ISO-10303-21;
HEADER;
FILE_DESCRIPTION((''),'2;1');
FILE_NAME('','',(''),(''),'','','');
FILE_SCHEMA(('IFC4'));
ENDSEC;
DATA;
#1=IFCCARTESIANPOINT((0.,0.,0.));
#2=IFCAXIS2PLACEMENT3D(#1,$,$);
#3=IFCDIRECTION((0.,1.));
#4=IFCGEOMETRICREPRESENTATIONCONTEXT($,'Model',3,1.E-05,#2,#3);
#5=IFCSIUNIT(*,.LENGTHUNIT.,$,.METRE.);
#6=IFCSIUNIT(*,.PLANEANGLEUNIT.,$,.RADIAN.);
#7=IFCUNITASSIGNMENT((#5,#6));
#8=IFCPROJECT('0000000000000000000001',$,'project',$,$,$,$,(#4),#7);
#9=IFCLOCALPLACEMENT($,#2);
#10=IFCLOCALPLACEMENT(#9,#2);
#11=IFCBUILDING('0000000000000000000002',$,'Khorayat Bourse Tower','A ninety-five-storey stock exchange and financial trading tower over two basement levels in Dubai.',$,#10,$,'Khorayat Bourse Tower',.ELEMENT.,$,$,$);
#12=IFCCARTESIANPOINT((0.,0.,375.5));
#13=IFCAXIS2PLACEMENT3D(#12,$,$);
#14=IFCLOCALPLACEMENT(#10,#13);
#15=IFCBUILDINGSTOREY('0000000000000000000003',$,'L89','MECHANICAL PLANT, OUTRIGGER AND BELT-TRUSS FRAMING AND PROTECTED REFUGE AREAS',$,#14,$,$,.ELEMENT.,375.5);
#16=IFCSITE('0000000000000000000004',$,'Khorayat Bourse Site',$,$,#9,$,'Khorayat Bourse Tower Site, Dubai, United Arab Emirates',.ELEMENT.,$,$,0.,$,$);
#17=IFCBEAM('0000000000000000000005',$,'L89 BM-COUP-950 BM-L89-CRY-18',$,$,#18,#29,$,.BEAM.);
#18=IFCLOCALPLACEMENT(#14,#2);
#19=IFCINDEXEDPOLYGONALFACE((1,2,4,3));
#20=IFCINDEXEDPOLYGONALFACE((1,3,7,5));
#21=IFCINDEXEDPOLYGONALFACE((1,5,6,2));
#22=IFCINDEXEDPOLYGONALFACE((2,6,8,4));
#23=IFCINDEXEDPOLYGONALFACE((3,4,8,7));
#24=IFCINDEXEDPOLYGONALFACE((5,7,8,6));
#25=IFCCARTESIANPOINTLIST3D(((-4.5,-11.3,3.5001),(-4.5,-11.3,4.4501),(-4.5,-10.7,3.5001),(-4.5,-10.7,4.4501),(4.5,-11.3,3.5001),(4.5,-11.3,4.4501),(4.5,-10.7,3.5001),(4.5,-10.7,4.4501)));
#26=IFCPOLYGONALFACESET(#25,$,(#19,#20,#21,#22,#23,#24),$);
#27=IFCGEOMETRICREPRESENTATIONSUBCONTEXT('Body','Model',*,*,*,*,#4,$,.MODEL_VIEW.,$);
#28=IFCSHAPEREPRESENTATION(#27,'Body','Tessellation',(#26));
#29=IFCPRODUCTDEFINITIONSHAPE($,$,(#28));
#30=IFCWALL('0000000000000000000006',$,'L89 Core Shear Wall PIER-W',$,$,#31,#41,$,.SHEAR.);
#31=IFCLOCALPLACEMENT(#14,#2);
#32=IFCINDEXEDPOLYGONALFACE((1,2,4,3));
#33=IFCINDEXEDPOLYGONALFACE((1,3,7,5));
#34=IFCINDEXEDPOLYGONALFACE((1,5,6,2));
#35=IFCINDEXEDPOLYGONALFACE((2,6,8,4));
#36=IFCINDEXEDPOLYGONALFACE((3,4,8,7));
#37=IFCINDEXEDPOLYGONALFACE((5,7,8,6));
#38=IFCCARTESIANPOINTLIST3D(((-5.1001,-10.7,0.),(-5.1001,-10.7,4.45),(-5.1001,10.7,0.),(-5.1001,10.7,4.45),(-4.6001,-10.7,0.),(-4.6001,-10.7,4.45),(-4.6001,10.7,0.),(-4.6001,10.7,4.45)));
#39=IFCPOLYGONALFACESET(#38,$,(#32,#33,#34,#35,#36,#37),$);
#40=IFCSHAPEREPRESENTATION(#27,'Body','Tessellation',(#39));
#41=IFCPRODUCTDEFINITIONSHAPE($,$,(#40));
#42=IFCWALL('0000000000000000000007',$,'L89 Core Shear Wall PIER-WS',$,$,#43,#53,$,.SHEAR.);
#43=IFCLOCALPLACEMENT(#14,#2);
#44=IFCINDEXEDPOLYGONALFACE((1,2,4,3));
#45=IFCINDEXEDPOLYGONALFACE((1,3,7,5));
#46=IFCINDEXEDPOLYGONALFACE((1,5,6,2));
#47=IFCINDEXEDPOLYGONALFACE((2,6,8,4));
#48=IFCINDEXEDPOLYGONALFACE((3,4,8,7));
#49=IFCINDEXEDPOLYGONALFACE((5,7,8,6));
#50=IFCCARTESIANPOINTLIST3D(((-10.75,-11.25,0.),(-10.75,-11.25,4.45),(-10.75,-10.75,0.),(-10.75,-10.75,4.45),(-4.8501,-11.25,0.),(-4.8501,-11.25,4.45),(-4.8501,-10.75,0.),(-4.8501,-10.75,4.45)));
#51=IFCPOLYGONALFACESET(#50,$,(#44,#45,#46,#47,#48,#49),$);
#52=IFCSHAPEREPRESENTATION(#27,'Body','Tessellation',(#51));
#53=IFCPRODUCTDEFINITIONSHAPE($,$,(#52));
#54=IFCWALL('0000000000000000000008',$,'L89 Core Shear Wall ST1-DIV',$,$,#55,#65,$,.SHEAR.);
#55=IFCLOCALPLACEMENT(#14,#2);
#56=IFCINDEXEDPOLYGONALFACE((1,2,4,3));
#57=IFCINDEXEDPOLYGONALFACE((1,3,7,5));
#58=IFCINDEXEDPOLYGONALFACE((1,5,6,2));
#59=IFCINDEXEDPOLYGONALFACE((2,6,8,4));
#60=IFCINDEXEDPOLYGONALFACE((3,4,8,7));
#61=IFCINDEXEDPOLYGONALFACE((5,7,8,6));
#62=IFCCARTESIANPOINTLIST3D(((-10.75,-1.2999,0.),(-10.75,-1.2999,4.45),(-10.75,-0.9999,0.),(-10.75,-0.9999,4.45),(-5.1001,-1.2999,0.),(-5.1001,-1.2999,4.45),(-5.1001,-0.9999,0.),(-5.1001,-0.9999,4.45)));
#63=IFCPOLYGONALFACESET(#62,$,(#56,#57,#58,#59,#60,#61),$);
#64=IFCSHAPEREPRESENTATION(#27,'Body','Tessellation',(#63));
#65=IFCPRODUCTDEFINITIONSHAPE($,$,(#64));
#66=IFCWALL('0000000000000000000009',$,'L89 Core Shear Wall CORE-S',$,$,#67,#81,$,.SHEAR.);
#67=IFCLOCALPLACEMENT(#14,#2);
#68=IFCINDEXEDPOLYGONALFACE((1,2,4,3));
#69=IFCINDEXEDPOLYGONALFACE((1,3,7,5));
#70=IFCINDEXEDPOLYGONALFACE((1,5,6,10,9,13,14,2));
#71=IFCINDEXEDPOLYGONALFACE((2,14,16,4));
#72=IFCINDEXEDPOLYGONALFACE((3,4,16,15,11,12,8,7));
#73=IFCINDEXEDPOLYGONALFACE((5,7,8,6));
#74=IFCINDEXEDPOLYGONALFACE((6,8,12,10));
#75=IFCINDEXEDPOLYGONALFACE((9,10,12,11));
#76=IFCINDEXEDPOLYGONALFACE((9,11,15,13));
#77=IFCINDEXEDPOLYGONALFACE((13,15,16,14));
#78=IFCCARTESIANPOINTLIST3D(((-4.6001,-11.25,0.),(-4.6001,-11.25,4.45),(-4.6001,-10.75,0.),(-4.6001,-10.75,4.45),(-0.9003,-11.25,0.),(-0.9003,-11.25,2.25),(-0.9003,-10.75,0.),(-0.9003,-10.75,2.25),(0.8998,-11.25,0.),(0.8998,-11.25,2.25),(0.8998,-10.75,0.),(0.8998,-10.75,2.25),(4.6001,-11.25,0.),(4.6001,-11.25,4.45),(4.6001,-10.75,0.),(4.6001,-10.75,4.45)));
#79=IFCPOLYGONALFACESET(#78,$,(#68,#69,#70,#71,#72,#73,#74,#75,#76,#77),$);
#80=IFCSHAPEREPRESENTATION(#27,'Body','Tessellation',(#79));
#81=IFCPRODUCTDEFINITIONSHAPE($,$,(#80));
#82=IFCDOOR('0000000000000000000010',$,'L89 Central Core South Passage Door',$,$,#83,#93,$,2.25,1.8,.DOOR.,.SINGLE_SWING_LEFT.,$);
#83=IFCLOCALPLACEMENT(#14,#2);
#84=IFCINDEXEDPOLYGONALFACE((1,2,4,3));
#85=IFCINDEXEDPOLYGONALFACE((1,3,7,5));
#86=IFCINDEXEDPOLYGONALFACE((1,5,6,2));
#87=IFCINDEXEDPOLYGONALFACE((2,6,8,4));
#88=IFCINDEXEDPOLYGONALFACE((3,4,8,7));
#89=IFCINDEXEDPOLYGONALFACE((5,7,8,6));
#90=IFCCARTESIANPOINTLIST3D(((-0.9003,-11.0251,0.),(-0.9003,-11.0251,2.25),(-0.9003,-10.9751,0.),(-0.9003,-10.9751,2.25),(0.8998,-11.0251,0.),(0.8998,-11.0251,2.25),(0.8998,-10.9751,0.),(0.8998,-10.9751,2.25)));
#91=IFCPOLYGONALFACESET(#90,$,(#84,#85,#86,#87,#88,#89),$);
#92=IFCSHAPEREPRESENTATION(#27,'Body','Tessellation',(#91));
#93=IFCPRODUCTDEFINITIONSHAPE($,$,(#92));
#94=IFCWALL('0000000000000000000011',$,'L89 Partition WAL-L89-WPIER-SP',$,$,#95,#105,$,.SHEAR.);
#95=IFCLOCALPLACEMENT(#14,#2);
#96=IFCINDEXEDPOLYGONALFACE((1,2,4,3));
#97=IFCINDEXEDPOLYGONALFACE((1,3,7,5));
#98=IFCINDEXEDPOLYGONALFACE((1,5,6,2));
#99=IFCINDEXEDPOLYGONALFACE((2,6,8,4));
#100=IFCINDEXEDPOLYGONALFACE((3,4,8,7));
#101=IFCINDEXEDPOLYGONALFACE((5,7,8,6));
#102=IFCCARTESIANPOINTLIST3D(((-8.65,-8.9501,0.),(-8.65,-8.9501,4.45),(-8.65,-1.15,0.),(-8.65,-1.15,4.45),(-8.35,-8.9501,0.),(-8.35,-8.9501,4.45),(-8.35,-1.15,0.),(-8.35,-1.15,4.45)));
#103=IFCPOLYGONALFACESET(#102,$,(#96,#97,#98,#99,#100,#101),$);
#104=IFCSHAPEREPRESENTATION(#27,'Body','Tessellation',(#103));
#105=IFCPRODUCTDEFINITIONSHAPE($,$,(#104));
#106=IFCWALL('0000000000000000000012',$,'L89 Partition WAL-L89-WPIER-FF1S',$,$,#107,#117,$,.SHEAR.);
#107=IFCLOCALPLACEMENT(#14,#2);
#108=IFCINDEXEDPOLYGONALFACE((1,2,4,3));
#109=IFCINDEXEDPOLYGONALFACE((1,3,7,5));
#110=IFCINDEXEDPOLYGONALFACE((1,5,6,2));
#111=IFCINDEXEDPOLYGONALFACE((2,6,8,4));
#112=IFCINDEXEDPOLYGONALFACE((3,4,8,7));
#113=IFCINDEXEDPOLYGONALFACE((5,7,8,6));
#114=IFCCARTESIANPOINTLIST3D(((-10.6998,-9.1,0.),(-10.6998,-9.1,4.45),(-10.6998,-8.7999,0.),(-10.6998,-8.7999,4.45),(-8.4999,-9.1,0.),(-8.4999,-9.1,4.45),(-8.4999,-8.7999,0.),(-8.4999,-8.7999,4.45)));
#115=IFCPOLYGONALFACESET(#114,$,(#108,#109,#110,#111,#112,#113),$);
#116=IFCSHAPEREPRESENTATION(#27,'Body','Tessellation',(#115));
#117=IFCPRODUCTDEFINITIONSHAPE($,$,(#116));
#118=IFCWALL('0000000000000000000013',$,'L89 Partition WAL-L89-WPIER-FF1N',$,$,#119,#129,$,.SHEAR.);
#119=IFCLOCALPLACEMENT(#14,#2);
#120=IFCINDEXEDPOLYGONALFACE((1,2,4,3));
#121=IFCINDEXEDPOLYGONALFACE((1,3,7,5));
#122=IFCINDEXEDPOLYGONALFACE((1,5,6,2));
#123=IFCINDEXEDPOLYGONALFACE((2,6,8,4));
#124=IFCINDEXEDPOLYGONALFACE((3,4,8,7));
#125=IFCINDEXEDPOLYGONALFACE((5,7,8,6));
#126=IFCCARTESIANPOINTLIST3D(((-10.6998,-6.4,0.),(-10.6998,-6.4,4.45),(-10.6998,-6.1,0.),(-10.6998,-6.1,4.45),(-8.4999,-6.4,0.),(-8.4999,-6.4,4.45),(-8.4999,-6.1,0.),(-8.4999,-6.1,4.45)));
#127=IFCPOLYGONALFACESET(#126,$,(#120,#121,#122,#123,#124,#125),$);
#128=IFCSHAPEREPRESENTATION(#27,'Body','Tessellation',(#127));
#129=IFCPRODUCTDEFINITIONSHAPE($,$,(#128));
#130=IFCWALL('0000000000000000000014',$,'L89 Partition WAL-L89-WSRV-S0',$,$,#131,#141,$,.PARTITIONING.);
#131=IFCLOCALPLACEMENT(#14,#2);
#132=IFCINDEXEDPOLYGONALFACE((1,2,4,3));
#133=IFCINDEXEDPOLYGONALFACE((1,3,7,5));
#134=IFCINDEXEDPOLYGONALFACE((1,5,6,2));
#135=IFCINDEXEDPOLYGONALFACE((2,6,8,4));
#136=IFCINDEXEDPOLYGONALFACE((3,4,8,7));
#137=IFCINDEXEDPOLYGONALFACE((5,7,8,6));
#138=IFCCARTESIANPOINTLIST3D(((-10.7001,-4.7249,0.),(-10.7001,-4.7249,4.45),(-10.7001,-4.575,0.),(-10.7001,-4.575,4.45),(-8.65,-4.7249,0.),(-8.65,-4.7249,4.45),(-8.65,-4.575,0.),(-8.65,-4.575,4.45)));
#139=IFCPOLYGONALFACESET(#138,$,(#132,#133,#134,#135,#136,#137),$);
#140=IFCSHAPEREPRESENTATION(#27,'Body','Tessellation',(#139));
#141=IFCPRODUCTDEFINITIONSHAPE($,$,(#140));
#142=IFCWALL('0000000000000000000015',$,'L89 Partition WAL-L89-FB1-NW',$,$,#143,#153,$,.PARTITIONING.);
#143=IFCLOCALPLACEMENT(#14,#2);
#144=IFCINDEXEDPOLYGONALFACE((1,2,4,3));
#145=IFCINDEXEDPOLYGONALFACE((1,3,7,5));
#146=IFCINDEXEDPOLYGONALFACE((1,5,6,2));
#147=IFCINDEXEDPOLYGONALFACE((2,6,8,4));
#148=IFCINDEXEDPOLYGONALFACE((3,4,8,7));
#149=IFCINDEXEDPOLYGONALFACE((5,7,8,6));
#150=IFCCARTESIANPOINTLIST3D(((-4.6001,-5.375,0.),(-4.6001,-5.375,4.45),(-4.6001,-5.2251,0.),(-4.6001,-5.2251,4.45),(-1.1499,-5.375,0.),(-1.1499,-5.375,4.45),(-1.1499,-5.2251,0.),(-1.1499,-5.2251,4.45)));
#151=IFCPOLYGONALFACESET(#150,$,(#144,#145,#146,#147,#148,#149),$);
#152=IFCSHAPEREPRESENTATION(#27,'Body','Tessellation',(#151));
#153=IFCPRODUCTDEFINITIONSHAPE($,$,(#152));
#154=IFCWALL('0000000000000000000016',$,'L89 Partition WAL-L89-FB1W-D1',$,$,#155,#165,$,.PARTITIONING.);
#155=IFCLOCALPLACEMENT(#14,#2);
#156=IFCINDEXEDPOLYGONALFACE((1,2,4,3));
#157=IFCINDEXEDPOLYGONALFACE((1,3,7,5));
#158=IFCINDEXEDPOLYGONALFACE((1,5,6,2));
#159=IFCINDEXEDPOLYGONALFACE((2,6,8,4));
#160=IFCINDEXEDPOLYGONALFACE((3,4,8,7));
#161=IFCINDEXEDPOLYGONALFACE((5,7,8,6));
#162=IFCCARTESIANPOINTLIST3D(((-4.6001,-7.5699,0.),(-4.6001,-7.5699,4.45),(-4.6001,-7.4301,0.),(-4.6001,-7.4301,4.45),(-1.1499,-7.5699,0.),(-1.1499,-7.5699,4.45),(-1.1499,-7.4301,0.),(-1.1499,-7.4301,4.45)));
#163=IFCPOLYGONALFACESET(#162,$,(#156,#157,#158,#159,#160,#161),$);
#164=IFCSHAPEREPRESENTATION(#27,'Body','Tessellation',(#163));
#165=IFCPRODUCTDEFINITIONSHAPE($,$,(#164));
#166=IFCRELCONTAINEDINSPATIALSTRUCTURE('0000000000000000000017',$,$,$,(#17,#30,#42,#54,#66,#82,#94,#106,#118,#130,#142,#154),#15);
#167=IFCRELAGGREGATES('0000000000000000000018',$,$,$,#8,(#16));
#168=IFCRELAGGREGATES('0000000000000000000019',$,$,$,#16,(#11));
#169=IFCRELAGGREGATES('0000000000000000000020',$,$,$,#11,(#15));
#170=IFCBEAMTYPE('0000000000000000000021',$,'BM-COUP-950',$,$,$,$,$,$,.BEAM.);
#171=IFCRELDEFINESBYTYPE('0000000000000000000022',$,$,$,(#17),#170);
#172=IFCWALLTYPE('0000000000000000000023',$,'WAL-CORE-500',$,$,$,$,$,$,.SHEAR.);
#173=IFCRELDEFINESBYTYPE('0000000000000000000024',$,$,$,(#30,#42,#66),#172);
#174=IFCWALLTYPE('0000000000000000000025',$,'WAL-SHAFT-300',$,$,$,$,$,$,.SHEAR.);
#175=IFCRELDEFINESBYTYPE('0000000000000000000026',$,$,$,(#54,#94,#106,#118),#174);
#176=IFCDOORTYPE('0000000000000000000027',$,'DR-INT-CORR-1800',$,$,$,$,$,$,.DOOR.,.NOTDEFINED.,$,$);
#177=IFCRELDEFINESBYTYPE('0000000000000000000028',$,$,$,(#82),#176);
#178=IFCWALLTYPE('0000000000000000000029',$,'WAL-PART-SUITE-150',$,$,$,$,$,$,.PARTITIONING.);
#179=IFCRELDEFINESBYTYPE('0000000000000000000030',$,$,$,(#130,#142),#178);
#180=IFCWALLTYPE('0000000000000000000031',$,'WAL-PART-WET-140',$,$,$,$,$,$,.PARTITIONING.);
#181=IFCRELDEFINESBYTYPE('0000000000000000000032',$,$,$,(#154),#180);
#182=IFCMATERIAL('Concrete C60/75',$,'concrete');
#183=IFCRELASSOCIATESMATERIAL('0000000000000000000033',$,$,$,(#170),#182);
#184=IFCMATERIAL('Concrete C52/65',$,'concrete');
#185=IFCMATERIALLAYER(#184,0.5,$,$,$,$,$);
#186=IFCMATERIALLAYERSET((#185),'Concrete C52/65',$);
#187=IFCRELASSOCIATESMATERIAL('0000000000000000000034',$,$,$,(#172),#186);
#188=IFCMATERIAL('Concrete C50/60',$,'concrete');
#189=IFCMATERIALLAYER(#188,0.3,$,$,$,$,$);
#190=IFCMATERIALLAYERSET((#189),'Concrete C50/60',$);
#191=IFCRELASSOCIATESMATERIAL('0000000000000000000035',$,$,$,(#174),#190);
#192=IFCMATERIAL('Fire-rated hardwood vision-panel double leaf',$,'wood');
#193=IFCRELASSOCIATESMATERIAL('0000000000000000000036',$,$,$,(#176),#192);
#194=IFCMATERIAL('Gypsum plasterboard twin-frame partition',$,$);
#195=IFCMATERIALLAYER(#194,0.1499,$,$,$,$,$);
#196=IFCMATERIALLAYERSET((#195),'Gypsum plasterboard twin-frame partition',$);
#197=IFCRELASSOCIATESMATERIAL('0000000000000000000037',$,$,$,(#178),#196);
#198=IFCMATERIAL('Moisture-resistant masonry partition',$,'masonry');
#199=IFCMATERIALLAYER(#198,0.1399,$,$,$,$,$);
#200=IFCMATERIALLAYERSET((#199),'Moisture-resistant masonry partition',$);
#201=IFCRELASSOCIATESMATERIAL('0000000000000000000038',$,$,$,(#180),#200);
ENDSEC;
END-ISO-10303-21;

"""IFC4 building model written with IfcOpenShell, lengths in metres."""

from ifc_helpers import new_model, si_unit, direction, frame, frame_2d, origin, origin_2d, place, context, subcontext, project, spatial, rectangle, extrude, source, transform, mapped, material, layer, layer_set, material_profile, profile_set, type_object, element, fill, save


model = new_model("IFC4")

# Units and contexts
model_context = context("Model", 3, precision=1e-05, world=origin(), true_north=direction((0.0, 1.0)))
body_context = subcontext(model_context, "Body", "Model", "MODEL_VIEW")
ifc_project = project(units=[si_unit("LENGTHUNIT", "METRE"), si_unit("PLANEANGLEUNIT", "RADIAN")], contexts=[model_context])

# Site, building, storey
site_placement = place(None, origin())
site = spatial("IfcSite", under=ifc_project, at=site_placement, Name="Khorayat Bourse Site", LongName="Khorayat Bourse Tower Site, Dubai, United Arab Emirates", CompositionType="ELEMENT", RefElevation=0.0)
building_placement = place(site_placement, origin())
building = spatial("IfcBuilding", under=site, at=building_placement, Name="Khorayat Bourse Tower", Description="A ninety-five-storey stock exchange and financial trading tower over two basement levels in Dubai.", LongName="Khorayat Bourse Tower", CompositionType="ELEMENT")
storey_placement = place(building_placement, frame((0.0, 0.0, 375.5)))
storey = spatial("IfcBuildingStorey", under=building, at=storey_placement, Name="L89", Description="MECHANICAL PLANT, OUTRIGGER AND BELT-TRUSS FRAMING AND PROTECTED REFUGE AREAS", CompositionType="ELEMENT", Elevation=375.5)

# Shared definitions
ifc_material_1 = material(Name="Concrete C52/65", Category="concrete")

# Beam
ifc_material_2 = material(Name="Concrete C60/75", Category="concrete")
ifc_material_profile_1 = material_profile(ifc_material_2, rectangle(XDim=0.6001, YDim=0.95, at=origin_2d()), Name="RC 600x950")
ifc_profile_set_1 = profile_set([ifc_material_profile_1], Name="Concrete C60/75")
beam_type_1 = type_object("IfcBeamType", Name="BM-COUP-950", PredefinedType="BEAM", material=ifc_profile_set_1)
shared_shape_1 = source(origin(), body_context, "Body", "SweptSolid", [
    extrude(rectangle(XDim=0.6001, YDim=0.95, at=origin_2d()), origin(), (0.0, 0.0, 1.0), 9.0),
])
beam_1_placement = place(storey_placement, frame((-4.5, -11.0, 3.9751), z_axis=(1.0, 0.0, 0.0), x_axis=(0.0, 1.0, 0.0)))
element("IfcBeam", 1, at=beam_1_placement, inside=storey, type_object=beam_type_1, Name="L89 BM-COUP-950 BM-L89-CRY-18", PredefinedType="BEAM", context=body_context, shape_type="MappedRepresentation", body=[
    mapped(shared_shape_1, transform((0.0, 0.0, 0.0), scale=1.0)),
])

# Walls
ifc_layer_1 = layer(ifc_material_1, 0.5)
ifc_layer_set_1 = layer_set([ifc_layer_1], Name="Concrete C52/65")
wall_type_1 = type_object("IfcWallType", Name="WAL-CORE-500", PredefinedType="SHEAR", material=ifc_layer_set_1)
shared_shape_2 = source(origin(), body_context, "Body", "SweptSolid", [
    extrude(rectangle(XDim=21.3999, YDim=0.5, at=frame_2d((10.7, 0.0))), origin(), (0.0, 0.0, 1.0), 4.45),
])
wall_1_placement = place(storey_placement, frame((-4.8501, -10.7, 0.0), z_axis=(0.0, 0.0, 1.0), x_axis=(0.0, 1.0, 0.0)))
element("IfcWall", 2, at=wall_1_placement, inside=storey, type_object=wall_type_1, Name="L89 Core Shear Wall PIER-W", PredefinedType="SHEAR", context=body_context, shape_type="MappedRepresentation", body=[
    mapped(shared_shape_2, transform((0.0, 0.0, 0.0), scale=1.0)),
])
shared_shape_3 = source(origin(), body_context, "Body", "SweptSolid", [
    extrude(rectangle(XDim=5.8999, YDim=0.5, at=frame_2d((2.95, 0.0))), origin(), (0.0, 0.0, 1.0), 4.45),
])
wall_2_placement = place(storey_placement, frame((-10.75, -11.0, 0.0), z_axis=(0.0, 0.0, 1.0), x_axis=(1.0, 0.0, 0.0)))
element("IfcWall", 3, at=wall_2_placement, inside=storey, type_object=wall_type_1, Name="L89 Core Shear Wall PIER-WS", PredefinedType="SHEAR", context=body_context, shape_type="MappedRepresentation", body=[
    mapped(shared_shape_3, transform((0.0, 0.0, 0.0), scale=1.0)),
])
ifc_material_3 = material(Name="Concrete C50/60", Category="concrete")
ifc_layer_2 = layer(ifc_material_3, 0.3)
ifc_layer_set_2 = layer_set([ifc_layer_2], Name="Concrete C50/60")
wall_type_2 = type_object("IfcWallType", Name="WAL-SHAFT-300", PredefinedType="SHEAR", material=ifc_layer_set_2)
shared_shape_4 = source(origin(), body_context, "Body", "SweptSolid", [
    extrude(rectangle(XDim=5.6499, YDim=0.3, at=frame_2d((2.825, 0.0))), origin(), (0.0, 0.0, 1.0), 4.45),
])
wall_3_placement = place(storey_placement, frame((-10.75, -1.1499, 0.0), z_axis=(0.0, 0.0, 1.0), x_axis=(1.0, 0.0, 0.0)))
element("IfcWall", 4, at=wall_3_placement, inside=storey, type_object=wall_type_2, Name="L89 Core Shear Wall ST1-DIV", PredefinedType="SHEAR", context=body_context, shape_type="MappedRepresentation", body=[
    mapped(shared_shape_4, transform((0.0, 0.0, 0.0), scale=1.0)),
])

# Wall, opening, door
shared_shape_5 = source(origin(), body_context, "Body", "SweptSolid", [
    extrude(rectangle(XDim=9.2002, YDim=0.5, at=frame_2d((4.6001, 0.0))), origin(), (0.0, 0.0, 1.0), 4.45),
])
wall_4_placement = place(storey_placement, frame((-4.6001, -11.0, 0.0), z_axis=(0.0, 0.0, 1.0), x_axis=(1.0, 0.0, 0.0)))
wall_4 = element("IfcWall", 5, at=wall_4_placement, inside=storey, type_object=wall_type_1, Name="L89 Core Shear Wall CORE-S", PredefinedType="SHEAR", context=body_context, shape_type="MappedRepresentation", body=[
    mapped(shared_shape_5, transform((0.0, 0.0, 0.0), scale=1.0)),
])
shared_shape_6 = source(origin(), body_context, "Body", "SweptSolid", [
    extrude(rectangle(XDim=1.8, YDim=2.25, at=frame_2d((0.8999, 1.125))), frame((0.0, 0.26, 0.0), z_axis=(0.0, -1.0, 0.0), x_axis=(1.0, 0.0, 0.0)), (0.0, 0.0, 1.0), 0.52),
])
opening_1_placement = place(wall_4_placement, frame((3.7, 0.0, 0.0)))
opening_1 = element("IfcOpeningElement", 6, at=opening_1_placement, cuts=wall_4, PredefinedType="OPENING", context=body_context, shape_type="MappedRepresentation", body=[
    mapped(shared_shape_6, transform((0.0, 0.0, 0.0), scale=1.0)),
])
ifc_material_4 = material(Name="Fire-rated hardwood vision-panel double leaf", Category="wood")
door_type_1 = type_object("IfcDoorType", Name="DR-INT-CORR-1800", OperationType="NOTDEFINED", PredefinedType="DOOR", material=ifc_material_4)
shared_shape_7 = source(origin(), body_context, "Body", "SweptSolid", [
    extrude(rectangle(XDim=1.8, YDim=2.25, at=frame_2d((0.8999, 1.125))), frame((0.0, 0.0249, 0.0), z_axis=(0.0, -1.0, 0.0), x_axis=(1.0, 0.0, 0.0)), (0.0, 0.0, 1.0), 0.05),
])
door_1_placement = place(opening_1_placement, origin())
door_1 = element("IfcDoor", 7, at=door_1_placement, inside=storey, type_object=door_type_1, Name="L89 Central Core South Passage Door", OperationType="SINGLE_SWING_LEFT", OverallHeight=2.25, OverallWidth=1.8, PredefinedType="DOOR", context=body_context, shape_type="MappedRepresentation", body=[
    mapped(shared_shape_7, transform((0.0, 0.0, 0.0), scale=1.0)),
])
fill(opening_1, door_1)

# Walls
shared_shape_8 = source(origin(), body_context, "Body", "SweptSolid", [
    extrude(rectangle(XDim=7.8, YDim=0.3, at=frame_2d((3.8999, 0.0))), origin(), (0.0, 0.0, 1.0), 4.45),
])
wall_5_placement = place(storey_placement, frame((-8.5, -8.95, 0.0), z_axis=(0.0, 0.0, 1.0), x_axis=(0.0, 1.0, 0.0)))
element("IfcWall", 8, at=wall_5_placement, inside=storey, type_object=wall_type_2, Name="L89 Partition WAL-L89-WPIER-SP", PredefinedType="SHEAR", context=body_context, shape_type="MappedRepresentation", body=[
    mapped(shared_shape_8, transform((0.0, 0.0, 0.0), scale=1.0)),
])
shared_shape_9 = source(origin(), body_context, "Body", "SweptSolid", [
    extrude(rectangle(XDim=2.2, YDim=0.3, at=frame_2d((1.1001, 0.0))), origin(), (0.0, 0.0, 1.0), 4.45),
])
for number, where, z_axis, x_axis, name in (
    (9, (-10.7, -8.95, 0.0), (0.0, 0.0, 1.0), (1.0, 0.0, 0.0), "L89 Partition WAL-L89-WPIER-FF1S"),
    (10, (-10.7, -6.25, 0.0), (0.0, 0.0, 1.0), (1.0, 0.0, 0.0), "L89 Partition WAL-L89-WPIER-FF1N"),
):
    element("IfcWall", number, at=place(storey_placement, frame(where, z_axis=z_axis, x_axis=x_axis)), inside=storey, type_object=wall_type_2, Name=name, PredefinedType="SHEAR", context=body_context, shape_type="MappedRepresentation", body=[
        mapped(shared_shape_9, transform((0.0, 0.0, 0.0), scale=1.0)),
    ])
ifc_material_5 = material(Name="Gypsum plasterboard twin-frame partition")
ifc_layer_3 = layer(ifc_material_5, 0.1499)
ifc_layer_set_3 = layer_set([ifc_layer_3], Name="Gypsum plasterboard twin-frame partition")
wall_type_3 = type_object("IfcWallType", Name="WAL-PART-SUITE-150", PredefinedType="PARTITIONING", material=ifc_layer_set_3)
shared_shape_10 = source(origin(), body_context, "Body", "SweptSolid", [
    extrude(rectangle(XDim=2.05, YDim=0.1499, at=frame_2d((1.0249, 0.0))), origin(), (0.0, 0.0, 1.0), 4.45),
])
wall_6_placement = place(storey_placement, frame((-10.7, -4.6499, 0.0), z_axis=(0.0, 0.0, 1.0), x_axis=(1.0, 0.0, 0.0)))
element("IfcWall", 11, at=wall_6_placement, inside=storey, type_object=wall_type_3, Name="L89 Partition WAL-L89-WSRV-S0", PredefinedType="PARTITIONING", context=body_context, shape_type="MappedRepresentation", body=[
    mapped(shared_shape_10, transform((0.0, 0.0, 0.0), scale=1.0)),
])
shared_shape_11 = source(origin(), body_context, "Body", "SweptSolid", [
    extrude(rectangle(XDim=3.4502, YDim=0.1499, at=frame_2d((1.7251, 0.0))), origin(), (0.0, 0.0, 1.0), 4.45),
])
wall_7_placement = place(storey_placement, frame((-4.6001, -5.3, 0.0), z_axis=(0.0, 0.0, 1.0), x_axis=(1.0, 0.0, 0.0)))
element("IfcWall", 12, at=wall_7_placement, inside=storey, type_object=wall_type_3, Name="L89 Partition WAL-L89-FB1-NW", PredefinedType="PARTITIONING", context=body_context, shape_type="MappedRepresentation", body=[
    mapped(shared_shape_11, transform((0.0, 0.0, 0.0), scale=1.0)),
])
ifc_material_6 = material(Name="Moisture-resistant masonry partition", Category="masonry")
ifc_layer_4 = layer(ifc_material_6, 0.1399)
ifc_layer_set_4 = layer_set([ifc_layer_4], Name="Moisture-resistant masonry partition")
wall_type_4 = type_object("IfcWallType", Name="WAL-PART-WET-140", PredefinedType="PARTITIONING", material=ifc_layer_set_4)
shared_shape_12 = source(origin(), body_context, "Body", "SweptSolid", [
    extrude(rectangle(XDim=3.4502, YDim=0.1399, at=frame_2d((1.7251, 0.0))), origin(), (0.0, 0.0, 1.0), 4.45),
])
for number, where, z_axis, x_axis, name in (
    (13, (-4.6001, -7.5, 0.0), (0.0, 0.0, 1.0), (1.0, 0.0, 0.0), "L89 Partition WAL-L89-FB1W-D1"),
):
    element("IfcWall", number, at=place(storey_placement, frame(where, z_axis=z_axis, x_axis=x_axis)), inside=storey, type_object=wall_type_4, Name=name, PredefinedType="PARTITIONING", context=body_context, shape_type="MappedRepresentation", body=[
        mapped(shared_shape_12, transform((0.0, 0.0, 0.0), scale=1.0)),
    ])

save(model, "model.ifc")
